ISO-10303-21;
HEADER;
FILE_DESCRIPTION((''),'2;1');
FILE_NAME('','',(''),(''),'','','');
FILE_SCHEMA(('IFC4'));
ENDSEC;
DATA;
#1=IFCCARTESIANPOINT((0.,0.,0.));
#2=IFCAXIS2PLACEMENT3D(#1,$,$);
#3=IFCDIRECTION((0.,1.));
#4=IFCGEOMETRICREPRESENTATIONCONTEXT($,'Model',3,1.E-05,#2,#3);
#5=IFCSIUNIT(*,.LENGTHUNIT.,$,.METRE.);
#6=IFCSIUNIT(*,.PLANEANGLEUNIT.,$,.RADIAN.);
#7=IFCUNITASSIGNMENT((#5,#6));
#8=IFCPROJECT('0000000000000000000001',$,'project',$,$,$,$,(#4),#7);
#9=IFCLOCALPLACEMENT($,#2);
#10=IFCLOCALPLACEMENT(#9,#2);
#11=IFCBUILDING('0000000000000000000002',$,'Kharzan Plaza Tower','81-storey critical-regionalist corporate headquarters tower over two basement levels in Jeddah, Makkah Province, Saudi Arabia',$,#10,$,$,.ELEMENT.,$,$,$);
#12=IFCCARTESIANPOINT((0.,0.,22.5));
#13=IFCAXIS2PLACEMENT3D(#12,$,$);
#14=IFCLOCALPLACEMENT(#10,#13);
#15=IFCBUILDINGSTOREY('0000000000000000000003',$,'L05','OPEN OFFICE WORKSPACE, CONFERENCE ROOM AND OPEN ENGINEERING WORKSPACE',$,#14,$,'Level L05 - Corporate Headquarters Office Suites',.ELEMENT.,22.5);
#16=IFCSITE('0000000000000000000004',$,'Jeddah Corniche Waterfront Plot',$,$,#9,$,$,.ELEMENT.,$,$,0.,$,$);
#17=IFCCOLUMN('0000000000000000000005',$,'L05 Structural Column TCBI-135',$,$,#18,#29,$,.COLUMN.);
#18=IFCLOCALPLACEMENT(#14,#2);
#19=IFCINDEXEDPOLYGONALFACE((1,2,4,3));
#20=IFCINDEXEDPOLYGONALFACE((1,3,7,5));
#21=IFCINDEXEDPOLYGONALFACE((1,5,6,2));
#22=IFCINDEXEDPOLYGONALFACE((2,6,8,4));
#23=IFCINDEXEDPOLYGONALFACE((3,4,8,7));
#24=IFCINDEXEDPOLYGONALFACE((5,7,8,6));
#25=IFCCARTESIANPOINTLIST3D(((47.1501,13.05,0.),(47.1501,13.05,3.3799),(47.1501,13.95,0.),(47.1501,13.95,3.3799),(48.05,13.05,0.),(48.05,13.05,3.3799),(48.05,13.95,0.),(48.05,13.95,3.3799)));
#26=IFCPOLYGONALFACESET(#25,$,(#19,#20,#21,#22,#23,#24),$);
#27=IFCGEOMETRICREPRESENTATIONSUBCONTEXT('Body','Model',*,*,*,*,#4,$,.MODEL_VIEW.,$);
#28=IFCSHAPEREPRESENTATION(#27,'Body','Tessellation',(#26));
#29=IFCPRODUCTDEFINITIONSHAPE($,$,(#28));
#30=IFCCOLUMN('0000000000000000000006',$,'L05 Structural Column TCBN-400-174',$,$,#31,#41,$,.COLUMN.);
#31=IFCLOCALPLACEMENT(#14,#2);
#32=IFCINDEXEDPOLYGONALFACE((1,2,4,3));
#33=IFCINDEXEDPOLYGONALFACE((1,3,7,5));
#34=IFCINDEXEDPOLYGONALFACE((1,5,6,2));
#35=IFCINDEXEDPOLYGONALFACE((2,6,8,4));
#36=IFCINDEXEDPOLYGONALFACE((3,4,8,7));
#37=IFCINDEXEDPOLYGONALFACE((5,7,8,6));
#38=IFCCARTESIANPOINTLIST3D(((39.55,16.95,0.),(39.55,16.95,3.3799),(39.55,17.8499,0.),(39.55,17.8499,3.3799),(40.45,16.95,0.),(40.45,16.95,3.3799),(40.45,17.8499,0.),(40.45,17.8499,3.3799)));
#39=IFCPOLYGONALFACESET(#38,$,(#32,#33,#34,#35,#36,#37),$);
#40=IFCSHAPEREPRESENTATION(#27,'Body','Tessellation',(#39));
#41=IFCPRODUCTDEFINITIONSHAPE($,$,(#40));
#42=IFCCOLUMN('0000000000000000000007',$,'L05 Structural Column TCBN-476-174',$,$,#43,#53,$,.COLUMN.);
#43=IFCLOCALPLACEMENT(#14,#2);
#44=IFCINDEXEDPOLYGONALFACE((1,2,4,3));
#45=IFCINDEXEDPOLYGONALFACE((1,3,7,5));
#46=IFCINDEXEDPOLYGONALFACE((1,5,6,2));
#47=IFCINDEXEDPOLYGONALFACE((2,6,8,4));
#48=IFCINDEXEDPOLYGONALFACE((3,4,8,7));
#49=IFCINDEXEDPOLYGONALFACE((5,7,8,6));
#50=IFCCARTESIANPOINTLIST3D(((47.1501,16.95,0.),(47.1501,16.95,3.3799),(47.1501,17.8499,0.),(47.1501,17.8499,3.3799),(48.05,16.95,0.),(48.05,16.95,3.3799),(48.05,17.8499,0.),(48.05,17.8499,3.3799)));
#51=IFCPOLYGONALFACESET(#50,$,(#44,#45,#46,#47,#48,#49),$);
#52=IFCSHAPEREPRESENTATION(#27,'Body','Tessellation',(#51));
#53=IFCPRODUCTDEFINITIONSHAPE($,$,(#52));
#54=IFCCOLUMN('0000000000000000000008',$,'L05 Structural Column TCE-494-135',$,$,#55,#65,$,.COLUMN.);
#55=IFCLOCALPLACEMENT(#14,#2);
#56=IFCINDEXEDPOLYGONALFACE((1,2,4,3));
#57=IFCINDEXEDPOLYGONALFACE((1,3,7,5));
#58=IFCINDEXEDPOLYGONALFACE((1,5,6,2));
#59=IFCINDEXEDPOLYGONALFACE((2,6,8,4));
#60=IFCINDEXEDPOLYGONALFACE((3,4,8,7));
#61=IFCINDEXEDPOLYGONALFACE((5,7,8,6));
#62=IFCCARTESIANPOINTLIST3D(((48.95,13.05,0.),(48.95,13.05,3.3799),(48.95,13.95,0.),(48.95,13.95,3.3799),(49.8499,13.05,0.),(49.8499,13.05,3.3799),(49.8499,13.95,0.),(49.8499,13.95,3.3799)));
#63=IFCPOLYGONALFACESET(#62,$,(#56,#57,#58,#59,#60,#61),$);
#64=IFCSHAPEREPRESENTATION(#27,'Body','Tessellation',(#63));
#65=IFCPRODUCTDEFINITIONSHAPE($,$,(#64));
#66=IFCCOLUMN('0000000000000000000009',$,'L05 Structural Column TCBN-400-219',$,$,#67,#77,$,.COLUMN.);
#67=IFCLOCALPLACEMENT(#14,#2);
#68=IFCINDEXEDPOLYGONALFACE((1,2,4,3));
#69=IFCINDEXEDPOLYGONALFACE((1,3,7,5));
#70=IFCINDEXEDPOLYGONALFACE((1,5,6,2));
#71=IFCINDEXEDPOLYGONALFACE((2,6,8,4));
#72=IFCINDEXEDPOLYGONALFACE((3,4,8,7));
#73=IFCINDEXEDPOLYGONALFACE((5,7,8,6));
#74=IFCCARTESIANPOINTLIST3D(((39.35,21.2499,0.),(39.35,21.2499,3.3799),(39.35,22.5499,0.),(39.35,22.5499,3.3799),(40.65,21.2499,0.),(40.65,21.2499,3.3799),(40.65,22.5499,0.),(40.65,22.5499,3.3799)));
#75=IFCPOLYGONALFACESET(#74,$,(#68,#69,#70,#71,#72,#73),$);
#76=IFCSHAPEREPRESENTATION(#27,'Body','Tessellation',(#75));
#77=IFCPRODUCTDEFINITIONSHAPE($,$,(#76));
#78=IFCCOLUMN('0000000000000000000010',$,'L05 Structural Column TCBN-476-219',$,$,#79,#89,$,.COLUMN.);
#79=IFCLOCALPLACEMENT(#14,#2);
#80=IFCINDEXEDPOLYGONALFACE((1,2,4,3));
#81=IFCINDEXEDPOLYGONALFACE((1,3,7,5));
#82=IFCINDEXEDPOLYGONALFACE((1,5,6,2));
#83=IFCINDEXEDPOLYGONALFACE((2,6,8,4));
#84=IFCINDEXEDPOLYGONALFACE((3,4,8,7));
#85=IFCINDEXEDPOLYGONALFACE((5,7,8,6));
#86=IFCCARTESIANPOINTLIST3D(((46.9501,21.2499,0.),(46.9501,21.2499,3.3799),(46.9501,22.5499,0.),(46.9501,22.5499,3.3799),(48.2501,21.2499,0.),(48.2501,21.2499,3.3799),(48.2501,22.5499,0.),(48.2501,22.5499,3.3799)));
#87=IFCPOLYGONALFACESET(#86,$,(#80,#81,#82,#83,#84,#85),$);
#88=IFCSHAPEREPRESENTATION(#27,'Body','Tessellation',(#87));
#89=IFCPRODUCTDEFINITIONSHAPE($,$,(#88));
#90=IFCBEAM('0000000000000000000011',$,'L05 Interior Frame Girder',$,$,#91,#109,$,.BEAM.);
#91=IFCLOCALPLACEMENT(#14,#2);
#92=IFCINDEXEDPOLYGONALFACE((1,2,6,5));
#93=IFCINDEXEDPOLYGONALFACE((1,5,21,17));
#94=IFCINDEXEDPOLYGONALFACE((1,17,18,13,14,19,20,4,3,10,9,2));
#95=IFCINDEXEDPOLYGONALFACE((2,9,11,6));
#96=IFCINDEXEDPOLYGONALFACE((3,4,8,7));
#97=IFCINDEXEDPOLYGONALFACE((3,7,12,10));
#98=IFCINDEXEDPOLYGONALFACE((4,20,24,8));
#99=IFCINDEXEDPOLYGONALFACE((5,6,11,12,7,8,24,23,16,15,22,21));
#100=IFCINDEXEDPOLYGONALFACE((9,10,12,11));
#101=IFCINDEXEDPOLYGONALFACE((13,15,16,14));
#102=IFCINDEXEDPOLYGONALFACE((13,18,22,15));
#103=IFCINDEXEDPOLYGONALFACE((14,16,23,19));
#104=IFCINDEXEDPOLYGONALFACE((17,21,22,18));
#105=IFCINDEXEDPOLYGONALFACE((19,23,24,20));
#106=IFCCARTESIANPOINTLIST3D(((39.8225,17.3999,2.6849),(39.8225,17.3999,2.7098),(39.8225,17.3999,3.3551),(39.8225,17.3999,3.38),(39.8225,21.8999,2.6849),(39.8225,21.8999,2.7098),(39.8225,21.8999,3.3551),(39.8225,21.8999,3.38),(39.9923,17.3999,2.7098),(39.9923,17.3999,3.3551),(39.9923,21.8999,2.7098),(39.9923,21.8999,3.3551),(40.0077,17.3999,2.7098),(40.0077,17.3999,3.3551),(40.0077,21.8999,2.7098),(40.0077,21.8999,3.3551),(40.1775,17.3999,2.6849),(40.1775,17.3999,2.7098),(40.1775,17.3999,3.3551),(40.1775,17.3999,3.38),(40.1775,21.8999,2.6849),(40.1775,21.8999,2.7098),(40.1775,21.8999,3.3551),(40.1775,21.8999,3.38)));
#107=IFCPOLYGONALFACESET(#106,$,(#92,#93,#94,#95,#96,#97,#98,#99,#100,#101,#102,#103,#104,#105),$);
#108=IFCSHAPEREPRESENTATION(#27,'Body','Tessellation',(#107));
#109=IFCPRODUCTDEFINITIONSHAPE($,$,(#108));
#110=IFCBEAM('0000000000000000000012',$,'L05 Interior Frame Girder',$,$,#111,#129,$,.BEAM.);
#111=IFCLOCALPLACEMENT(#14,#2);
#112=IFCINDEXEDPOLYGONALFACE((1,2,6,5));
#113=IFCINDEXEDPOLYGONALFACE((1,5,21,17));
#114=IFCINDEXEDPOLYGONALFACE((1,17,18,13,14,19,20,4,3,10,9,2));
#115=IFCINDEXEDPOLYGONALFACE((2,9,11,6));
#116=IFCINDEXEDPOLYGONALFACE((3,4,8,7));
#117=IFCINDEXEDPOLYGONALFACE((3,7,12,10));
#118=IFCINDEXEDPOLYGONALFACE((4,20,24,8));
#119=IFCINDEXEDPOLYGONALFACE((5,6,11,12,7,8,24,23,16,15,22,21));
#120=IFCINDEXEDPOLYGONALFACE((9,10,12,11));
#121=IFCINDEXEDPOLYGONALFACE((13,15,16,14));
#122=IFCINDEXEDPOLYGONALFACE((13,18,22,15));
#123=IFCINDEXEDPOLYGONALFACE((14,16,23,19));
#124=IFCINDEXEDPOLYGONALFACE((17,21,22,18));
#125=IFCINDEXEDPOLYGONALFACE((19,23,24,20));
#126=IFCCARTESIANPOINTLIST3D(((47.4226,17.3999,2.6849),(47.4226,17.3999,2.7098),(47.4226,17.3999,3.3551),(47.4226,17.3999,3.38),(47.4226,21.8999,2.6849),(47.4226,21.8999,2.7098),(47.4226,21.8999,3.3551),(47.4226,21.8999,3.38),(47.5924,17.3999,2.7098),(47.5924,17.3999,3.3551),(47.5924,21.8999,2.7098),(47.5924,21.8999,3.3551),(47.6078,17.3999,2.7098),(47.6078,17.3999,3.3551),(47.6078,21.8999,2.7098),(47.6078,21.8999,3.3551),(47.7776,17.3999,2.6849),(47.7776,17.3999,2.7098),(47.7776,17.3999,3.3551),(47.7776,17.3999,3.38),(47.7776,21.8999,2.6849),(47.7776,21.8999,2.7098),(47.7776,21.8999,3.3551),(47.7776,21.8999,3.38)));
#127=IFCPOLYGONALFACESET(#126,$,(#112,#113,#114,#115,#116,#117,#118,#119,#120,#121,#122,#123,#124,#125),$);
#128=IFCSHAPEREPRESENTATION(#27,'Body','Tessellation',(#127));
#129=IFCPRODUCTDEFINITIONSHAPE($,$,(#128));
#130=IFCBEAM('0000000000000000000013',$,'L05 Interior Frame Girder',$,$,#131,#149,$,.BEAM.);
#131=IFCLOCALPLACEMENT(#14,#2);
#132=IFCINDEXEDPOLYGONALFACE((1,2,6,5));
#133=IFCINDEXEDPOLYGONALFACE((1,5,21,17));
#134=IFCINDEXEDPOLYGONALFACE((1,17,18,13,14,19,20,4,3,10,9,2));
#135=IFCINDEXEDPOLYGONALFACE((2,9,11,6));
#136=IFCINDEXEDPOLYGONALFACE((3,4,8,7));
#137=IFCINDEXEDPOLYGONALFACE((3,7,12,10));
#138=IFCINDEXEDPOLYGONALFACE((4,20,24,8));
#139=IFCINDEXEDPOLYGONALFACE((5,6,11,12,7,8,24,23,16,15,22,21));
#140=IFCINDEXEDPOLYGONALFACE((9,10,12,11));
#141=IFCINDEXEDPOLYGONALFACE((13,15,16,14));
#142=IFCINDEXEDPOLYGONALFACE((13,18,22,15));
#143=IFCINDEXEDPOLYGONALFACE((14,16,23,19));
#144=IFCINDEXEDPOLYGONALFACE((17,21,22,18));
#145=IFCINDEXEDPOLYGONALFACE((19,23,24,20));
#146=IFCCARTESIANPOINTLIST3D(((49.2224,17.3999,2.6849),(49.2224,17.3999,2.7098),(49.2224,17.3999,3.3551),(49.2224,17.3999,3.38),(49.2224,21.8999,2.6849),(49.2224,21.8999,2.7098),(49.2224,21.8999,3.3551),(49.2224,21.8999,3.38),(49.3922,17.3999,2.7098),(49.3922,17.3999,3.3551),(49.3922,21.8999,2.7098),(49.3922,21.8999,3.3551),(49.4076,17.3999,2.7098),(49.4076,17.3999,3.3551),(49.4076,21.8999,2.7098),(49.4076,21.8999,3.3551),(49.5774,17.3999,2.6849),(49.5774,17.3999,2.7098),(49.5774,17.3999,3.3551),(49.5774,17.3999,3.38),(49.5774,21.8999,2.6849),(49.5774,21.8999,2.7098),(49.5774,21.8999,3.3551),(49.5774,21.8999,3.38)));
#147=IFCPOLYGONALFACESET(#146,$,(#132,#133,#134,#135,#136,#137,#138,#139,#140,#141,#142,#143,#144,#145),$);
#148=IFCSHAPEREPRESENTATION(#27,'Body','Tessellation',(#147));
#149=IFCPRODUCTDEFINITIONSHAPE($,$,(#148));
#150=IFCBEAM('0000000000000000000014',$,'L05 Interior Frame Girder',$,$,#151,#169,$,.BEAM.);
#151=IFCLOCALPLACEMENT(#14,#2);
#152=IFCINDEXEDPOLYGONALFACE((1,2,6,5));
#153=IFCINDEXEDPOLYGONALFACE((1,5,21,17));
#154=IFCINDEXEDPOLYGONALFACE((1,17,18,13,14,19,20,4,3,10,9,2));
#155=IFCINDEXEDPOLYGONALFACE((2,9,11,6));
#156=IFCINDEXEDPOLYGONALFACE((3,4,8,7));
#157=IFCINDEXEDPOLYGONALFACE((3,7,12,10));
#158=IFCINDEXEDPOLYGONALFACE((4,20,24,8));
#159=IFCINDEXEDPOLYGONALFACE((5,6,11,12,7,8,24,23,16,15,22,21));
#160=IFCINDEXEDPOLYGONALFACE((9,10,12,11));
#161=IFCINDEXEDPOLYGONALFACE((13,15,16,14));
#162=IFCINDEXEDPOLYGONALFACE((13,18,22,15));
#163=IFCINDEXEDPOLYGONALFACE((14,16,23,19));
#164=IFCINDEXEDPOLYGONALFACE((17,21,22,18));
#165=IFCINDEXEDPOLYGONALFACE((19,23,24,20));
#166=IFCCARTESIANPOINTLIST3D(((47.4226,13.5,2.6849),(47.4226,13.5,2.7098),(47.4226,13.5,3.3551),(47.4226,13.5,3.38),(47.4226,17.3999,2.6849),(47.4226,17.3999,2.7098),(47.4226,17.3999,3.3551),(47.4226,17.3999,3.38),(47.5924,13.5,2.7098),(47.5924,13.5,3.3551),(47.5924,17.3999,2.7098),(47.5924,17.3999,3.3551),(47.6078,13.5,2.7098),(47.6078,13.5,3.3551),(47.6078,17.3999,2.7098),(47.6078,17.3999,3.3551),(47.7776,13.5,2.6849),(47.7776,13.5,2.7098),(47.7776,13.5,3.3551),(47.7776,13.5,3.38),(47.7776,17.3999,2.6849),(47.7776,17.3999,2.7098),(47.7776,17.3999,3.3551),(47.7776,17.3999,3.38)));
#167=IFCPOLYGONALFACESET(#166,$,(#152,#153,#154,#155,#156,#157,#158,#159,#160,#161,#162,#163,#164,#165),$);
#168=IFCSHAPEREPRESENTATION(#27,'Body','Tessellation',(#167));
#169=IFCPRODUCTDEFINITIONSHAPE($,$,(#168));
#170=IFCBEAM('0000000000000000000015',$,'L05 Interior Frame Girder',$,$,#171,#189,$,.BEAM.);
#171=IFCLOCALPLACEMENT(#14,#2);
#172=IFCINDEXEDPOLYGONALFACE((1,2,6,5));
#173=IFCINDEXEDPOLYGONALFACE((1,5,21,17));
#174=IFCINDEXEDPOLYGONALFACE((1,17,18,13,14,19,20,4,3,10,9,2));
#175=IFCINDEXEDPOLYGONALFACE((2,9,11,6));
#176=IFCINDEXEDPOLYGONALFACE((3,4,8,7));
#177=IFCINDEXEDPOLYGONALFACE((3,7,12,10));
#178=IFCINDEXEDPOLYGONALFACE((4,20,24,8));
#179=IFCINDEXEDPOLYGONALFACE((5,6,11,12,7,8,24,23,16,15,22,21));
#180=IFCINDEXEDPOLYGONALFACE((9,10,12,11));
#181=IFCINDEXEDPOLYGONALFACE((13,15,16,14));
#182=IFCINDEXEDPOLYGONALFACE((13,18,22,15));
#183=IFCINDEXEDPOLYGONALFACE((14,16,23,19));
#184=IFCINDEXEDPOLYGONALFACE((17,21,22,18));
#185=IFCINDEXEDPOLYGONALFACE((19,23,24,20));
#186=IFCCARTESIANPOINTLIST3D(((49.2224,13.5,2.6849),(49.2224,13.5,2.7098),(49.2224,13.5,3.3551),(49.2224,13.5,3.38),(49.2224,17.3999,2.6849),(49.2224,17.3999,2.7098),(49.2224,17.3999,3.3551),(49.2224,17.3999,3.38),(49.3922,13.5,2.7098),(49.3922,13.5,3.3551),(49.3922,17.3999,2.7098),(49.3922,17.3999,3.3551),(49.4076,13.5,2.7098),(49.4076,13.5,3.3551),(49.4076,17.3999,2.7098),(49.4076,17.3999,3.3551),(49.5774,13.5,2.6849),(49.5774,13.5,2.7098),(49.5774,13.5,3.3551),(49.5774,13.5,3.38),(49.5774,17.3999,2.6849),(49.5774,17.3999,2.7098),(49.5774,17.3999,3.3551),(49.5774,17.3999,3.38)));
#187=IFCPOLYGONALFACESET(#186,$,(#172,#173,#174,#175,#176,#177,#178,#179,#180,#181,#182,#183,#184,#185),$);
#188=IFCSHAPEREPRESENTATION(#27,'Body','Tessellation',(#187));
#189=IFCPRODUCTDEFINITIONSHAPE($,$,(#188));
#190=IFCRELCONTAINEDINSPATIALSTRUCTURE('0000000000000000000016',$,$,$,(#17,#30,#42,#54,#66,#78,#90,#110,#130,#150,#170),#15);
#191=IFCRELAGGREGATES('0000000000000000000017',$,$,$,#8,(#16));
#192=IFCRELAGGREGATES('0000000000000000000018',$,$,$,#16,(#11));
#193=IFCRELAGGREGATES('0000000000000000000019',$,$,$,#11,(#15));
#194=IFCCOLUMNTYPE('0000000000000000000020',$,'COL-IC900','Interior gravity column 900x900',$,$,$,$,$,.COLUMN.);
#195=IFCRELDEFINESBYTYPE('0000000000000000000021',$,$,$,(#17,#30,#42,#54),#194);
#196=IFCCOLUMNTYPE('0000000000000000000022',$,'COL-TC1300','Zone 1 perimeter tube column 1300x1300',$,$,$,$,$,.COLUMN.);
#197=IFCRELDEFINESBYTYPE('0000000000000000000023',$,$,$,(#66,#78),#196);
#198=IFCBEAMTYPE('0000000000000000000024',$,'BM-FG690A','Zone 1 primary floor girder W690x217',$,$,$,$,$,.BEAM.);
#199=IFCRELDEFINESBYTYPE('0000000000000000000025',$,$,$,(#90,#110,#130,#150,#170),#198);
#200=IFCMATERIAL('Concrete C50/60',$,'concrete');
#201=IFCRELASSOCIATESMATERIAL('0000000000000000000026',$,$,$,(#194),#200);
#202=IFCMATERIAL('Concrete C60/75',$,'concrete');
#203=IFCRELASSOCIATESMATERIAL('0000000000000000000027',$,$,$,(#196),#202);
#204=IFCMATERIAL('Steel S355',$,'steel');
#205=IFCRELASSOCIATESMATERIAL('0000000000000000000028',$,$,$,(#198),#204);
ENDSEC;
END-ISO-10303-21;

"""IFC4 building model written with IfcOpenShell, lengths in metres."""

from ifc_helpers import new_model, si_unit, direction, frame, origin, origin_2d, place, context, subcontext, project, spatial, rectangle, i_section, extrude, source, transform, mapped, material, material_profile, profile_set, type_object, element, save


model = new_model("IFC4")

# Units and contexts
model_context = context("Model", 3, precision=1e-05, world=origin(), true_north=direction((0.0, 1.0)))
body_context = subcontext(model_context, "Body", "Model", "MODEL_VIEW")
ifc_project = project(units=[si_unit("LENGTHUNIT", "METRE"), si_unit("PLANEANGLEUNIT", "RADIAN")], contexts=[model_context])

# Site, building, storey
site_placement = place(None, origin())
site = spatial("IfcSite", under=ifc_project, at=site_placement, Name="Jeddah Corniche Waterfront Plot", CompositionType="ELEMENT", RefElevation=0.0)
building_placement = place(site_placement, origin())
building = spatial("IfcBuilding", under=site, at=building_placement, Name="Kharzan Plaza Tower", Description="81-storey critical-regionalist corporate headquarters tower over two basement levels in Jeddah, Makkah Province, Saudi Arabia", CompositionType="ELEMENT")
storey_placement = place(building_placement, frame((0.0, 0.0, 22.5)))
storey = spatial("IfcBuildingStorey", under=building, at=storey_placement, Name="L05", Description="OPEN OFFICE WORKSPACE, CONFERENCE ROOM AND OPEN ENGINEERING WORKSPACE", LongName="Level L05 - Corporate Headquarters Office Suites", CompositionType="ELEMENT", Elevation=22.5)

# Columns
ifc_material_1 = material(Name="Concrete C50/60", Category="concrete")
ifc_material_profile_1 = material_profile(ifc_material_1, rectangle(XDim=0.8999, YDim=0.8999, at=origin_2d()), Name="RC-IC900x900")
ifc_profile_set_1 = profile_set([ifc_material_profile_1], Name="Concrete C50/60")
column_type_1 = type_object("IfcColumnType", Name="COL-IC900", Description="Interior gravity column 900x900", PredefinedType="COLUMN", material=ifc_profile_set_1)
shared_shape_1 = source(origin(), body_context, "Body", "SweptSolid", [
    extrude(rectangle(XDim=0.8999, YDim=0.8999, at=origin_2d()), origin(), (0.0, 0.0, 1.0), 3.3799),
])
for number, where, z_axis, x_axis, name in (
    (1, (47.6001, 13.5, 0.0), (0.0, 0.0, 1.0), (1.0, 0.0, 0.0), "L05 Structural Column TCBI-135"),
    (2, (40.0, 17.3999, 0.0), (0.0, 0.0, 1.0), (1.0, 0.0, 0.0), "L05 Structural Column TCBN-400-174"),
    (3, (47.6001, 17.3999, 0.0), (0.0, 0.0, 1.0), (1.0, 0.0, 0.0), "L05 Structural Column TCBN-476-174"),
    (4, (49.3999, 13.5, 0.0), (0.0, 0.0, 1.0), (1.0, 0.0, 0.0), "L05 Structural Column TCE-494-135"),
):
    element("IfcColumn", number, at=place(storey_placement, frame(where, z_axis=z_axis, x_axis=x_axis)), inside=storey, type_object=column_type_1, Name=name, PredefinedType="COLUMN", context=body_context, shape_type="MappedRepresentation", body=[
        mapped(shared_shape_1, transform((0.0, 0.0, 0.0), x_axis=(1.0, 0.0, 0.0), y_axis=(0.0, 1.0, 0.0), z_axis=(0.0, 0.0, 1.0))),
    ])
ifc_material_2 = material(Name="Concrete C60/75", Category="concrete")
ifc_material_profile_2 = material_profile(ifc_material_2, rectangle(XDim=1.3, YDim=1.3, at=origin_2d()), Name="RC-TC1300x1300")
ifc_profile_set_2 = profile_set([ifc_material_profile_2], Name="Concrete C60/75")
column_type_2 = type_object("IfcColumnType", Name="COL-TC1300", Description="Zone 1 perimeter tube column 1300x1300", PredefinedType="COLUMN", material=ifc_profile_set_2)
shared_shape_2 = source(origin(), body_context, "Body", "SweptSolid", [
    extrude(rectangle(XDim=1.3, YDim=1.3, at=origin_2d()), origin(), (0.0, 0.0, 1.0), 3.3799),
])
for number, where, z_axis, x_axis, name in (
    (5, (40.0, 21.8999, 0.0), (0.0, 0.0, 1.0), (1.0, 0.0, 0.0), "L05 Structural Column TCBN-400-219"),
    (6, (47.6001, 21.8999, 0.0), (0.0, 0.0, 1.0), (1.0, 0.0, 0.0), "L05 Structural Column TCBN-476-219"),
):
    element("IfcColumn", number, at=place(storey_placement, frame(where, z_axis=z_axis, x_axis=x_axis)), inside=storey, type_object=column_type_2, Name=name, PredefinedType="COLUMN", context=body_context, shape_type="MappedRepresentation", body=[
        mapped(shared_shape_2, transform((0.0, 0.0, 0.0), x_axis=(1.0, 0.0, 0.0), y_axis=(0.0, 1.0, 0.0), z_axis=(0.0, 0.0, 1.0))),
    ])

# Beams
ifc_material_3 = material(Name="Steel S355", Category="steel")
ifc_material_profile_3 = material_profile(ifc_material_3, i_section(OverallWidth=0.355, OverallDepth=0.6951, WebThickness=0.0154, FlangeThickness=0.0249, at=origin_2d()), Name="W690x217")
ifc_profile_set_3 = profile_set([ifc_material_profile_3], Name="Steel S355")
beam_type_1 = type_object("IfcBeamType", Name="BM-FG690A", Description="Zone 1 primary floor girder W690x217", PredefinedType="BEAM", material=ifc_profile_set_3)
shared_shape_3 = source(origin(), body_context, "Body", "SweptSolid", [
    extrude(i_section(OverallWidth=0.355, OverallDepth=0.6951, WebThickness=0.0154, FlangeThickness=0.0249, at=origin_2d()), origin(), (0.0, 0.0, 1.0), 4.5),
])
for number, where, z_axis, x_axis, name in (
    (7, (40.0, 17.3999, 3.0325), (0.0, 1.0, 0.0), (-1.0, 0.0, 0.0), "L05 Interior Frame Girder"),
    (8, (47.6001, 17.3999, 3.0325), (0.0, 1.0, 0.0), (-1.0, 0.0, 0.0), "L05 Interior Frame Girder"),
    (9, (49.3999, 17.3999, 3.0325), (0.0, 1.0, 0.0), (-1.0, 0.0, 0.0), "L05 Interior Frame Girder"),
):
    element("IfcBeam", number, at=place(storey_placement, frame(where, z_axis=z_axis, x_axis=x_axis)), inside=storey, type_object=beam_type_1, Name=name, PredefinedType="BEAM", context=body_context, shape_type="MappedRepresentation", body=[
        mapped(shared_shape_3, transform((0.0, 0.0, 0.0), x_axis=(1.0, 0.0, 0.0), y_axis=(0.0, 1.0, 0.0), z_axis=(0.0, 0.0, 1.0))),
    ])
shared_shape_4 = source(origin(), body_context, "Body", "SweptSolid", [
    extrude(i_section(OverallWidth=0.355, OverallDepth=0.6951, WebThickness=0.0154, FlangeThickness=0.0249, at=origin_2d()), origin(), (0.0, 0.0, 1.0), 3.8999),
])
for number, where, z_axis, x_axis, name in (
    (10, (47.6001, 13.5, 3.0325), (0.0, 1.0, 0.0), (-1.0, 0.0, 0.0), "L05 Interior Frame Girder"),
    (11, (49.3999, 13.5, 3.0325), (0.0, 1.0, 0.0), (-1.0, 0.0, 0.0), "L05 Interior Frame Girder"),
):
    element("IfcBeam", number, at=place(storey_placement, frame(where, z_axis=z_axis, x_axis=x_axis)), inside=storey, type_object=beam_type_1, Name=name, PredefinedType="BEAM", context=body_context, shape_type="MappedRepresentation", body=[
        mapped(shared_shape_4, transform((0.0, 0.0, 0.0), x_axis=(1.0, 0.0, 0.0), y_axis=(0.0, 1.0, 0.0), z_axis=(0.0, 0.0, 1.0))),
    ])

save(model, "model.ifc")
